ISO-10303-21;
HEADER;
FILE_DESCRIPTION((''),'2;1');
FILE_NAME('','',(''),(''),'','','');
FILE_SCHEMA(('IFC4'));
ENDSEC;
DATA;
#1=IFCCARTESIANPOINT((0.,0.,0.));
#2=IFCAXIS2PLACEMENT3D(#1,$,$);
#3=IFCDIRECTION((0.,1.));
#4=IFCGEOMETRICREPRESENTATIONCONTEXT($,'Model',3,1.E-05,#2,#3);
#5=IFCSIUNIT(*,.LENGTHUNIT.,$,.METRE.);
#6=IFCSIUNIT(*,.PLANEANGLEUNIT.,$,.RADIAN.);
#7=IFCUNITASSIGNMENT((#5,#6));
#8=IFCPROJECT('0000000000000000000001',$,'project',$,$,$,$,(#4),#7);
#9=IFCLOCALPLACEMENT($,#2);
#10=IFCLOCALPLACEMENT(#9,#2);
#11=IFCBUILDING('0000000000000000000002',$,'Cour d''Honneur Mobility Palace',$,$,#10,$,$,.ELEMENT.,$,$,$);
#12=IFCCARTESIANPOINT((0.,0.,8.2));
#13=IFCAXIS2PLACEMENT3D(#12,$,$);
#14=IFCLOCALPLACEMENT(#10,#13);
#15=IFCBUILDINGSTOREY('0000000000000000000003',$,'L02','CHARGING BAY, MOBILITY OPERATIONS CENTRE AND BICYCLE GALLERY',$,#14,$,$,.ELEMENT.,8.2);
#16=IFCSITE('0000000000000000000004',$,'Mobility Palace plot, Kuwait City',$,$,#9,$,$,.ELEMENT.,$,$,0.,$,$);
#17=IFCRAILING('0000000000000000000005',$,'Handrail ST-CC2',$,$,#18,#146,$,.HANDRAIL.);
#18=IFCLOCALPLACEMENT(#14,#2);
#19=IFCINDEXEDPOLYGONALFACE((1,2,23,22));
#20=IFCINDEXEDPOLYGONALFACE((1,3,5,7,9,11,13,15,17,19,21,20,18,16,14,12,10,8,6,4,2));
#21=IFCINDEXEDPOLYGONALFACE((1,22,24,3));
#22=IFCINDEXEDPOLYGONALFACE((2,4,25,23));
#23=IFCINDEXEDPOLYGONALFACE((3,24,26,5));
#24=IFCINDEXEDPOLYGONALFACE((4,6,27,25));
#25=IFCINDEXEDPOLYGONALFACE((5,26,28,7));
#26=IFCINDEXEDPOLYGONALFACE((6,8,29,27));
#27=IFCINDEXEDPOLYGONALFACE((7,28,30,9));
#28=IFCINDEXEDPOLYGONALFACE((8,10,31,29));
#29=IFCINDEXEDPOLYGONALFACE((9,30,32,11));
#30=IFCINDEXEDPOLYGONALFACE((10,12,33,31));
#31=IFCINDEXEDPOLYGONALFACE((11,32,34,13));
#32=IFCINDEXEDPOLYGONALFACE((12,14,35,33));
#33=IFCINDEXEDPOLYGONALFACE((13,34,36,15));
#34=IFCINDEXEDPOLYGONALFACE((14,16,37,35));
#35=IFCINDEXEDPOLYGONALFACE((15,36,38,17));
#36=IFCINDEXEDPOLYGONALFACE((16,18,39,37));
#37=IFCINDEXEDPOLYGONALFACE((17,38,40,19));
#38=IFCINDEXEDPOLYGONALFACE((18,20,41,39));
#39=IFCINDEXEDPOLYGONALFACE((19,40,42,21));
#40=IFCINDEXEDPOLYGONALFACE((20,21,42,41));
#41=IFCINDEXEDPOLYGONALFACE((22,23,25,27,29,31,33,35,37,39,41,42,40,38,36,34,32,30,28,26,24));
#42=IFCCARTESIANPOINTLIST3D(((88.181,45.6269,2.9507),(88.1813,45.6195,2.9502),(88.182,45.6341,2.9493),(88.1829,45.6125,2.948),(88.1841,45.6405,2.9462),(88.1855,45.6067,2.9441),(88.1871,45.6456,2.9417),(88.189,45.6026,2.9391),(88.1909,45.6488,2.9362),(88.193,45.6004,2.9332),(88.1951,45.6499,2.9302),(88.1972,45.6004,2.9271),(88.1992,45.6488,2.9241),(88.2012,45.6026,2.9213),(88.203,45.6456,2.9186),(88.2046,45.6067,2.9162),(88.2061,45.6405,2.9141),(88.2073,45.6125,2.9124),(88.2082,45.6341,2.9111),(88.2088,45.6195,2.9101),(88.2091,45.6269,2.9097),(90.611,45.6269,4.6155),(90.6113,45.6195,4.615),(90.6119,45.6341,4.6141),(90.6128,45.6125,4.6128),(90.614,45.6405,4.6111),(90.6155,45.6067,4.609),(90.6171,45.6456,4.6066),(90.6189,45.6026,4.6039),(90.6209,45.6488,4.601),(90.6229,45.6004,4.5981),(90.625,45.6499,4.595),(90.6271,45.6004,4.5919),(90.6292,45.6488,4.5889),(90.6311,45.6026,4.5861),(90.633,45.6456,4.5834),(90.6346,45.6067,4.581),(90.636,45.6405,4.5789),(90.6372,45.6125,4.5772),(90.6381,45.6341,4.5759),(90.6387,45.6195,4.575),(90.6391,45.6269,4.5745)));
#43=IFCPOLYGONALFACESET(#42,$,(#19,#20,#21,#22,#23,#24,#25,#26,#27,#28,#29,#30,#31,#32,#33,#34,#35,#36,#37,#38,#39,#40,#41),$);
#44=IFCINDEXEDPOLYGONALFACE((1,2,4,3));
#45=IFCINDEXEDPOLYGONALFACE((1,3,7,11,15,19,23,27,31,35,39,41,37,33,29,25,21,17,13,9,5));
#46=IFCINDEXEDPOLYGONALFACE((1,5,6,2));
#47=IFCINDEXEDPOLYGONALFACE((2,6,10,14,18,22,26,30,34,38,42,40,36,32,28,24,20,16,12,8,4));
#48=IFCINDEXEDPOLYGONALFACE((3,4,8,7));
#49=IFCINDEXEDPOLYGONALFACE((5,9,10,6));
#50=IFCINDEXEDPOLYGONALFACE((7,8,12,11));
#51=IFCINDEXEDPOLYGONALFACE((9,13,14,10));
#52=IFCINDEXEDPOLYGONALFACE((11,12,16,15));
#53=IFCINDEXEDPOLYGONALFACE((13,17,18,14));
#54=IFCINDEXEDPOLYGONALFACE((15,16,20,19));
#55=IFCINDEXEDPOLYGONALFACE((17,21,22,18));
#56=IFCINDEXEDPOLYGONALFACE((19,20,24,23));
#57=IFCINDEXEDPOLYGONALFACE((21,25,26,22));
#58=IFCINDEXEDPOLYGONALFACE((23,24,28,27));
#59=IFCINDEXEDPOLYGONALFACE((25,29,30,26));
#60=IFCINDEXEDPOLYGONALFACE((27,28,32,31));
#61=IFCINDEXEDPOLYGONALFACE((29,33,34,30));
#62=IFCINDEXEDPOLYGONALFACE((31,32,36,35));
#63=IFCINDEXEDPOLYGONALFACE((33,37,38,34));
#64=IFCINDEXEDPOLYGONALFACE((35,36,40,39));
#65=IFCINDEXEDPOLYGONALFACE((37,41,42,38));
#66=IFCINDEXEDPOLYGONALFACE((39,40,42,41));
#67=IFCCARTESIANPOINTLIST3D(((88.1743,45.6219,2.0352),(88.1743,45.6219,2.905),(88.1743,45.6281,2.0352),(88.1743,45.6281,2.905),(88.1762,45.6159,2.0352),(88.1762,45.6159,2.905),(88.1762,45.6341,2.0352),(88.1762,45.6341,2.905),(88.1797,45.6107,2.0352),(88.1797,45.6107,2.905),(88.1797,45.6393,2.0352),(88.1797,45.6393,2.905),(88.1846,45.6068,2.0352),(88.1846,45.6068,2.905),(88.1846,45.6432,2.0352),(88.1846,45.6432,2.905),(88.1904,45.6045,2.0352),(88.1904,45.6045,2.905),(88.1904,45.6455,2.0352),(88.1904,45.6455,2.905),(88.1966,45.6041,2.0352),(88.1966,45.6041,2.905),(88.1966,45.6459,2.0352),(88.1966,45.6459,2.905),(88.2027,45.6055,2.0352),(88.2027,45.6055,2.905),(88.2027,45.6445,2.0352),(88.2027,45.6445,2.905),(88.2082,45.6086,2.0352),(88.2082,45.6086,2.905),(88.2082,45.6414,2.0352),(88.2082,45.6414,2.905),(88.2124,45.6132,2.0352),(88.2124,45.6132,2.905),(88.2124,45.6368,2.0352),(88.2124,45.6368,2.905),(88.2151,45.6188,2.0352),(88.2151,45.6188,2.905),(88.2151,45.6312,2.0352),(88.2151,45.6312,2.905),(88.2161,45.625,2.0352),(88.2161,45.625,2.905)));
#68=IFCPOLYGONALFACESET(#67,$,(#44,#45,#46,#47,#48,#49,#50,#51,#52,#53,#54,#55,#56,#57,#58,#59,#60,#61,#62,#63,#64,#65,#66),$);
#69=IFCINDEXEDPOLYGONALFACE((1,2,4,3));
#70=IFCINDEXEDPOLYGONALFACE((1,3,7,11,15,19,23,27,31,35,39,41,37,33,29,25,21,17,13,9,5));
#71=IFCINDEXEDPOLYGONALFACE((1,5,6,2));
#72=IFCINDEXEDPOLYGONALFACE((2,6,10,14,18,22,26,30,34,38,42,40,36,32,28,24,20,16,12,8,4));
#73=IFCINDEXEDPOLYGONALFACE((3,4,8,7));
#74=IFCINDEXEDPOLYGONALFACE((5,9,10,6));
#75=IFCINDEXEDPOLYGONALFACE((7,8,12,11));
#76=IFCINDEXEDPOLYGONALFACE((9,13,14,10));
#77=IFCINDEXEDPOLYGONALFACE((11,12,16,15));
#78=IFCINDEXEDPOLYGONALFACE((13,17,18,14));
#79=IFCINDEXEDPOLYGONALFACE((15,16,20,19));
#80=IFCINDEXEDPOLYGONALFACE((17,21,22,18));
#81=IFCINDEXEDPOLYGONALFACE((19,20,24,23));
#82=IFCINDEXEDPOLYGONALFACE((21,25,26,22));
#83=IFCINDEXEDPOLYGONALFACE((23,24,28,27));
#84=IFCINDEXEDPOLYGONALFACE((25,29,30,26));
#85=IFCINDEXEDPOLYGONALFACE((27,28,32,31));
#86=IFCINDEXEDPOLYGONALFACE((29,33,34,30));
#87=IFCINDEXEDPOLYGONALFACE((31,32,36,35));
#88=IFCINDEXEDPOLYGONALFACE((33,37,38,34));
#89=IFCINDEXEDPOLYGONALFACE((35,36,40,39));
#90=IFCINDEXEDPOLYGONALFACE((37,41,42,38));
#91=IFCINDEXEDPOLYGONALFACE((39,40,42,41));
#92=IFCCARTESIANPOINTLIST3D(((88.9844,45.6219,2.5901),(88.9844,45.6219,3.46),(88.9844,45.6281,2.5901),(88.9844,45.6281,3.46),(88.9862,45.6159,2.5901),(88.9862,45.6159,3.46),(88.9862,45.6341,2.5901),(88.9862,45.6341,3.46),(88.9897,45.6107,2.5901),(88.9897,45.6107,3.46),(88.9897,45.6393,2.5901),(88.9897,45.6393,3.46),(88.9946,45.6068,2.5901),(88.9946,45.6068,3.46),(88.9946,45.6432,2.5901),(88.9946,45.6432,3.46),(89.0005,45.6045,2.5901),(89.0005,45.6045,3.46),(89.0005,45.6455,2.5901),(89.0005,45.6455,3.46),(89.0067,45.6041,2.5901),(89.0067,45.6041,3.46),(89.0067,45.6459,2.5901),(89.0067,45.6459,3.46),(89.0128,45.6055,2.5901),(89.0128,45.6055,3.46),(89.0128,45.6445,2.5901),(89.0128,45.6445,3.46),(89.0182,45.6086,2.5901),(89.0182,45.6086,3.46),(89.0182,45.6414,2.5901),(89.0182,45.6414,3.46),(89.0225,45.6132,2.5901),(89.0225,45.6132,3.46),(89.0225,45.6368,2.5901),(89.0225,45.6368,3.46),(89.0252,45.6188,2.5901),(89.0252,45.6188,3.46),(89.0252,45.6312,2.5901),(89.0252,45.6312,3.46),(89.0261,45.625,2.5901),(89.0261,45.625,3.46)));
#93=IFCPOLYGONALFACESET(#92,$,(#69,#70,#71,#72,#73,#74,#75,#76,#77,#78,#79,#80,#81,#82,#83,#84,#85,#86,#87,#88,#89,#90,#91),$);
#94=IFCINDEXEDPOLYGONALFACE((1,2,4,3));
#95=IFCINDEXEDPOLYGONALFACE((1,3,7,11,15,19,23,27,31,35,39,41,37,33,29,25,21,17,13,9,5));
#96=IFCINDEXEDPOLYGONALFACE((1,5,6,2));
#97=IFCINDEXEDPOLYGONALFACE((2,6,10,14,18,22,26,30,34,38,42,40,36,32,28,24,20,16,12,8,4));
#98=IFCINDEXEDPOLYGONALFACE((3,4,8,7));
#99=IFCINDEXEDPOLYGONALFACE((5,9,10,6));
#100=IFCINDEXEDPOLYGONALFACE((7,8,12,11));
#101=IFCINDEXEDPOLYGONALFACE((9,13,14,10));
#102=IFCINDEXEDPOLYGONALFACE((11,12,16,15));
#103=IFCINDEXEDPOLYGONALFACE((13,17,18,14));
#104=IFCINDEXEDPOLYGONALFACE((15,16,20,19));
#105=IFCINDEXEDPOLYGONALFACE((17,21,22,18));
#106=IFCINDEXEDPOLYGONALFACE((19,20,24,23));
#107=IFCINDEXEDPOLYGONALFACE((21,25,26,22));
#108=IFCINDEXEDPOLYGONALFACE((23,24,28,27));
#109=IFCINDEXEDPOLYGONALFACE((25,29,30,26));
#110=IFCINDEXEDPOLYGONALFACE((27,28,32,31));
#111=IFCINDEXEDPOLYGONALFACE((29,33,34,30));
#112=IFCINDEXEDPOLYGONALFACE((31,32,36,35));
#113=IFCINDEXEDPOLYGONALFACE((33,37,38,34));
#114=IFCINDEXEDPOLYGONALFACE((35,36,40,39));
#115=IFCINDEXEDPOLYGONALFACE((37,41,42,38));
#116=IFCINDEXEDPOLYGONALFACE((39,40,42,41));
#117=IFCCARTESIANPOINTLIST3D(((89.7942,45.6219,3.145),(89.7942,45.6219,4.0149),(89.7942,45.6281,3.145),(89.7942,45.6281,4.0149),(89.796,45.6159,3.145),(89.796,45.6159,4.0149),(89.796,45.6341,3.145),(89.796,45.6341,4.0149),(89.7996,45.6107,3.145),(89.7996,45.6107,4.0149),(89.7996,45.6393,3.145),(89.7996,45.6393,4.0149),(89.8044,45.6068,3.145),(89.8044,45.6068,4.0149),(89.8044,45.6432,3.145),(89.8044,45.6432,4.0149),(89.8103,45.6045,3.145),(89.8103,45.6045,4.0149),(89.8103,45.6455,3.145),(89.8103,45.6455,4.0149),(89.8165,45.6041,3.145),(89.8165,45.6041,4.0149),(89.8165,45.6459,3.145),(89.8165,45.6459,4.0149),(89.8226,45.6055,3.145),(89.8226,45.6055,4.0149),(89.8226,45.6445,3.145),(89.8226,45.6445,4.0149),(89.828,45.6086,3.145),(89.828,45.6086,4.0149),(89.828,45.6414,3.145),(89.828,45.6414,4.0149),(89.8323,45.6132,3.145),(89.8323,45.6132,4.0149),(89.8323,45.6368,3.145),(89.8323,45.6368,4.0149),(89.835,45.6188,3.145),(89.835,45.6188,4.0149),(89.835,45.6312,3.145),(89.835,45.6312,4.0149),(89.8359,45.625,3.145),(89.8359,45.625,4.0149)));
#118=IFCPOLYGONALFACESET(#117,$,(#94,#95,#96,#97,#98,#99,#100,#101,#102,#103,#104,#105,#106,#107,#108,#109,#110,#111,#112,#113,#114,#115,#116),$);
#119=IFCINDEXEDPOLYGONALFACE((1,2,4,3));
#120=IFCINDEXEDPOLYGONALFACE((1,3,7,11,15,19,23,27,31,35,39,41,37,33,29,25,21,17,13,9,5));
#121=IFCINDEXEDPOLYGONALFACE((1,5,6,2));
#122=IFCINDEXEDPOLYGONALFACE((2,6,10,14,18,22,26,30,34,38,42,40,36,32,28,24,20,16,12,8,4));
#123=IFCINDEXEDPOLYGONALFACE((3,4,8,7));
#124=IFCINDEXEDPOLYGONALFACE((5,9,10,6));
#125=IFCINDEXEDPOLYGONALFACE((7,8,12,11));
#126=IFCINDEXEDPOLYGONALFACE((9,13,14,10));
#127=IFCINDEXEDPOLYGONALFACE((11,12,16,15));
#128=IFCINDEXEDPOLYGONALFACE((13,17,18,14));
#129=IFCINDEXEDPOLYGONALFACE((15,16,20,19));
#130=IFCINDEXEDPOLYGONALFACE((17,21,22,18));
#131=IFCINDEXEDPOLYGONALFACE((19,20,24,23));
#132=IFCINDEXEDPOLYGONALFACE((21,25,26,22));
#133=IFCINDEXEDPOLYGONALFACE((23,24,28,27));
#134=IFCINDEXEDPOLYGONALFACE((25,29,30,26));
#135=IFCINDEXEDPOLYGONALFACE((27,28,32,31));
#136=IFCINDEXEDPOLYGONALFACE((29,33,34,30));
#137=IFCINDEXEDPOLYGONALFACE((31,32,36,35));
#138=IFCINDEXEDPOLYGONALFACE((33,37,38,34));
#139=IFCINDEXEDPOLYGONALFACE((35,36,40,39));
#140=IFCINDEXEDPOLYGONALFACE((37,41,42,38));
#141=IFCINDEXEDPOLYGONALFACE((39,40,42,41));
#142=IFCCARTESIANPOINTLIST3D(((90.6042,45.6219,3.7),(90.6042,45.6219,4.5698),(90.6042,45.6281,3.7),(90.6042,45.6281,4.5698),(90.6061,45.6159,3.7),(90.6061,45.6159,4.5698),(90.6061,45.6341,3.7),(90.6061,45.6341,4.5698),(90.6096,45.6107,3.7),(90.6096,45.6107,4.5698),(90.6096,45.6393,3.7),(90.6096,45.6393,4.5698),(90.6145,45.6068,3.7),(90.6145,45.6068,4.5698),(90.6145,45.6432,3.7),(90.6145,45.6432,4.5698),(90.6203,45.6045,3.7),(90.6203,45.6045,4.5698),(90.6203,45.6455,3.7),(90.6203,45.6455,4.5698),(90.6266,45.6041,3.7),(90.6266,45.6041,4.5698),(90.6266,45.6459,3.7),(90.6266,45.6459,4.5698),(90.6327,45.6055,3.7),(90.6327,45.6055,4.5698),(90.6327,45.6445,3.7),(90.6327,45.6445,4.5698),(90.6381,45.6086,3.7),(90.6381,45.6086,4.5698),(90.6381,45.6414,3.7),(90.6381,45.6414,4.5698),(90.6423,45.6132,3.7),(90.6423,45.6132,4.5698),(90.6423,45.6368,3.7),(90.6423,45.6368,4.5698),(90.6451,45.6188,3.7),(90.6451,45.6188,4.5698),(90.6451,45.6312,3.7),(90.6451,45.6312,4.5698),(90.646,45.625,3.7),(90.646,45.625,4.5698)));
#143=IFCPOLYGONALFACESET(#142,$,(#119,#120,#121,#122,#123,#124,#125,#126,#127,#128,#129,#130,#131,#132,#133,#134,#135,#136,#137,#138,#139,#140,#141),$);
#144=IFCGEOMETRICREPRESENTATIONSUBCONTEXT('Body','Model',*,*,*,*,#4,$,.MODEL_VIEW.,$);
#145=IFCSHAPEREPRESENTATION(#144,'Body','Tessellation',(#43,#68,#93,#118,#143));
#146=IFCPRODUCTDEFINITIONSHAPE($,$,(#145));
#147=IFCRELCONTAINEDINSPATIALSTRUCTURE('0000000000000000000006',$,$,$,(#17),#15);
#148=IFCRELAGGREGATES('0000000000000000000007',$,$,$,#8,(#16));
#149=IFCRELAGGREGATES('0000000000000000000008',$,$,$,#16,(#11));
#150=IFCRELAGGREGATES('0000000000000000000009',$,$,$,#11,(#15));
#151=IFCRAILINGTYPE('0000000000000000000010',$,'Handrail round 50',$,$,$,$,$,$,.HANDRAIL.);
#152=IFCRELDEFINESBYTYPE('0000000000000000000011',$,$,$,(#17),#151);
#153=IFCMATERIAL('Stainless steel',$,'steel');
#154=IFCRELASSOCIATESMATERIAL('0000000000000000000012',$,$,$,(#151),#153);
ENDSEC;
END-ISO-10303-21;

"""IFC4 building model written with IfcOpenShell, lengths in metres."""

from ifc_helpers import new_model, si_unit, direction, frame, origin, origin_2d, place, context, subcontext, project, spatial, circle, extrude, material, type_object, element, save


model = new_model("IFC4")

# Units and contexts
model_context = context("Model", 3, precision=1e-05, world=origin(), true_north=direction((0.0, 1.0)))
body_context = subcontext(model_context, "Body", "Model", "MODEL_VIEW")
ifc_project = project(units=[si_unit("LENGTHUNIT", "METRE"), si_unit("PLANEANGLEUNIT", "RADIAN")], contexts=[model_context])

# Site, building, storey
site_placement = place(None, origin())
site = spatial("IfcSite", under=ifc_project, at=site_placement, Name="Mobility Palace plot, Kuwait City", CompositionType="ELEMENT", RefElevation=0.0)
building_placement = place(site_placement, origin())
building = spatial("IfcBuilding", under=site, at=building_placement, Name="Cour d'Honneur Mobility Palace", CompositionType="ELEMENT")
storey_placement = place(building_placement, frame((0.0, 0.0, 8.2)))
storey = spatial("IfcBuildingStorey", under=building, at=storey_placement, Name="L02", Description="CHARGING BAY, MOBILITY OPERATIONS CENTRE AND BICYCLE GALLERY", CompositionType="ELEMENT", Elevation=8.2)

# Railing
ifc_material_1 = material(Name="Stainless steel", Category="steel")
railing_type_1 = type_object("IfcRailingType", Name="Handrail round 50", PredefinedType="HANDRAIL", material=ifc_material_1)
for number, where, name in (
    (1, (88.1951, 45.625, 2.0352), "Handrail ST-CC2"),
):
    element("IfcRailing", number, at=place(storey_placement, frame(where)), inside=storey, type_object=railing_type_1, Name=name, PredefinedType="HANDRAIL", context=body_context, shape_type="SweptSolid", body=[
        extrude(circle(Radius=0.0249, at=origin_2d()), frame((0.0, 0.0, 0.895), z_axis=(0.824957, 0.0, 0.565195), x_axis=(0.0, 1.0, 0.0)), (0.0, 0.0, 1.0), 2.9456),
        extrude(circle(Radius=0.021, at=origin_2d()), origin(), (0.0, 0.0, 1.0), 0.8699),
        extrude(circle(Radius=0.021, at=origin_2d()), frame((0.8101, 0.0, 0.5549)), (0.0, 0.0, 1.0), 0.8699),
        extrude(circle(Radius=0.021, at=origin_2d()), frame((1.6199, 0.0, 1.1099)), (0.0, 0.0, 1.0), 0.8699),
        extrude(circle(Radius=0.021, at=origin_2d()), frame((2.4299, 0.0, 1.6648)), (0.0, 0.0, 1.0), 0.8699),
    ])

save(model, "model.ifc")
